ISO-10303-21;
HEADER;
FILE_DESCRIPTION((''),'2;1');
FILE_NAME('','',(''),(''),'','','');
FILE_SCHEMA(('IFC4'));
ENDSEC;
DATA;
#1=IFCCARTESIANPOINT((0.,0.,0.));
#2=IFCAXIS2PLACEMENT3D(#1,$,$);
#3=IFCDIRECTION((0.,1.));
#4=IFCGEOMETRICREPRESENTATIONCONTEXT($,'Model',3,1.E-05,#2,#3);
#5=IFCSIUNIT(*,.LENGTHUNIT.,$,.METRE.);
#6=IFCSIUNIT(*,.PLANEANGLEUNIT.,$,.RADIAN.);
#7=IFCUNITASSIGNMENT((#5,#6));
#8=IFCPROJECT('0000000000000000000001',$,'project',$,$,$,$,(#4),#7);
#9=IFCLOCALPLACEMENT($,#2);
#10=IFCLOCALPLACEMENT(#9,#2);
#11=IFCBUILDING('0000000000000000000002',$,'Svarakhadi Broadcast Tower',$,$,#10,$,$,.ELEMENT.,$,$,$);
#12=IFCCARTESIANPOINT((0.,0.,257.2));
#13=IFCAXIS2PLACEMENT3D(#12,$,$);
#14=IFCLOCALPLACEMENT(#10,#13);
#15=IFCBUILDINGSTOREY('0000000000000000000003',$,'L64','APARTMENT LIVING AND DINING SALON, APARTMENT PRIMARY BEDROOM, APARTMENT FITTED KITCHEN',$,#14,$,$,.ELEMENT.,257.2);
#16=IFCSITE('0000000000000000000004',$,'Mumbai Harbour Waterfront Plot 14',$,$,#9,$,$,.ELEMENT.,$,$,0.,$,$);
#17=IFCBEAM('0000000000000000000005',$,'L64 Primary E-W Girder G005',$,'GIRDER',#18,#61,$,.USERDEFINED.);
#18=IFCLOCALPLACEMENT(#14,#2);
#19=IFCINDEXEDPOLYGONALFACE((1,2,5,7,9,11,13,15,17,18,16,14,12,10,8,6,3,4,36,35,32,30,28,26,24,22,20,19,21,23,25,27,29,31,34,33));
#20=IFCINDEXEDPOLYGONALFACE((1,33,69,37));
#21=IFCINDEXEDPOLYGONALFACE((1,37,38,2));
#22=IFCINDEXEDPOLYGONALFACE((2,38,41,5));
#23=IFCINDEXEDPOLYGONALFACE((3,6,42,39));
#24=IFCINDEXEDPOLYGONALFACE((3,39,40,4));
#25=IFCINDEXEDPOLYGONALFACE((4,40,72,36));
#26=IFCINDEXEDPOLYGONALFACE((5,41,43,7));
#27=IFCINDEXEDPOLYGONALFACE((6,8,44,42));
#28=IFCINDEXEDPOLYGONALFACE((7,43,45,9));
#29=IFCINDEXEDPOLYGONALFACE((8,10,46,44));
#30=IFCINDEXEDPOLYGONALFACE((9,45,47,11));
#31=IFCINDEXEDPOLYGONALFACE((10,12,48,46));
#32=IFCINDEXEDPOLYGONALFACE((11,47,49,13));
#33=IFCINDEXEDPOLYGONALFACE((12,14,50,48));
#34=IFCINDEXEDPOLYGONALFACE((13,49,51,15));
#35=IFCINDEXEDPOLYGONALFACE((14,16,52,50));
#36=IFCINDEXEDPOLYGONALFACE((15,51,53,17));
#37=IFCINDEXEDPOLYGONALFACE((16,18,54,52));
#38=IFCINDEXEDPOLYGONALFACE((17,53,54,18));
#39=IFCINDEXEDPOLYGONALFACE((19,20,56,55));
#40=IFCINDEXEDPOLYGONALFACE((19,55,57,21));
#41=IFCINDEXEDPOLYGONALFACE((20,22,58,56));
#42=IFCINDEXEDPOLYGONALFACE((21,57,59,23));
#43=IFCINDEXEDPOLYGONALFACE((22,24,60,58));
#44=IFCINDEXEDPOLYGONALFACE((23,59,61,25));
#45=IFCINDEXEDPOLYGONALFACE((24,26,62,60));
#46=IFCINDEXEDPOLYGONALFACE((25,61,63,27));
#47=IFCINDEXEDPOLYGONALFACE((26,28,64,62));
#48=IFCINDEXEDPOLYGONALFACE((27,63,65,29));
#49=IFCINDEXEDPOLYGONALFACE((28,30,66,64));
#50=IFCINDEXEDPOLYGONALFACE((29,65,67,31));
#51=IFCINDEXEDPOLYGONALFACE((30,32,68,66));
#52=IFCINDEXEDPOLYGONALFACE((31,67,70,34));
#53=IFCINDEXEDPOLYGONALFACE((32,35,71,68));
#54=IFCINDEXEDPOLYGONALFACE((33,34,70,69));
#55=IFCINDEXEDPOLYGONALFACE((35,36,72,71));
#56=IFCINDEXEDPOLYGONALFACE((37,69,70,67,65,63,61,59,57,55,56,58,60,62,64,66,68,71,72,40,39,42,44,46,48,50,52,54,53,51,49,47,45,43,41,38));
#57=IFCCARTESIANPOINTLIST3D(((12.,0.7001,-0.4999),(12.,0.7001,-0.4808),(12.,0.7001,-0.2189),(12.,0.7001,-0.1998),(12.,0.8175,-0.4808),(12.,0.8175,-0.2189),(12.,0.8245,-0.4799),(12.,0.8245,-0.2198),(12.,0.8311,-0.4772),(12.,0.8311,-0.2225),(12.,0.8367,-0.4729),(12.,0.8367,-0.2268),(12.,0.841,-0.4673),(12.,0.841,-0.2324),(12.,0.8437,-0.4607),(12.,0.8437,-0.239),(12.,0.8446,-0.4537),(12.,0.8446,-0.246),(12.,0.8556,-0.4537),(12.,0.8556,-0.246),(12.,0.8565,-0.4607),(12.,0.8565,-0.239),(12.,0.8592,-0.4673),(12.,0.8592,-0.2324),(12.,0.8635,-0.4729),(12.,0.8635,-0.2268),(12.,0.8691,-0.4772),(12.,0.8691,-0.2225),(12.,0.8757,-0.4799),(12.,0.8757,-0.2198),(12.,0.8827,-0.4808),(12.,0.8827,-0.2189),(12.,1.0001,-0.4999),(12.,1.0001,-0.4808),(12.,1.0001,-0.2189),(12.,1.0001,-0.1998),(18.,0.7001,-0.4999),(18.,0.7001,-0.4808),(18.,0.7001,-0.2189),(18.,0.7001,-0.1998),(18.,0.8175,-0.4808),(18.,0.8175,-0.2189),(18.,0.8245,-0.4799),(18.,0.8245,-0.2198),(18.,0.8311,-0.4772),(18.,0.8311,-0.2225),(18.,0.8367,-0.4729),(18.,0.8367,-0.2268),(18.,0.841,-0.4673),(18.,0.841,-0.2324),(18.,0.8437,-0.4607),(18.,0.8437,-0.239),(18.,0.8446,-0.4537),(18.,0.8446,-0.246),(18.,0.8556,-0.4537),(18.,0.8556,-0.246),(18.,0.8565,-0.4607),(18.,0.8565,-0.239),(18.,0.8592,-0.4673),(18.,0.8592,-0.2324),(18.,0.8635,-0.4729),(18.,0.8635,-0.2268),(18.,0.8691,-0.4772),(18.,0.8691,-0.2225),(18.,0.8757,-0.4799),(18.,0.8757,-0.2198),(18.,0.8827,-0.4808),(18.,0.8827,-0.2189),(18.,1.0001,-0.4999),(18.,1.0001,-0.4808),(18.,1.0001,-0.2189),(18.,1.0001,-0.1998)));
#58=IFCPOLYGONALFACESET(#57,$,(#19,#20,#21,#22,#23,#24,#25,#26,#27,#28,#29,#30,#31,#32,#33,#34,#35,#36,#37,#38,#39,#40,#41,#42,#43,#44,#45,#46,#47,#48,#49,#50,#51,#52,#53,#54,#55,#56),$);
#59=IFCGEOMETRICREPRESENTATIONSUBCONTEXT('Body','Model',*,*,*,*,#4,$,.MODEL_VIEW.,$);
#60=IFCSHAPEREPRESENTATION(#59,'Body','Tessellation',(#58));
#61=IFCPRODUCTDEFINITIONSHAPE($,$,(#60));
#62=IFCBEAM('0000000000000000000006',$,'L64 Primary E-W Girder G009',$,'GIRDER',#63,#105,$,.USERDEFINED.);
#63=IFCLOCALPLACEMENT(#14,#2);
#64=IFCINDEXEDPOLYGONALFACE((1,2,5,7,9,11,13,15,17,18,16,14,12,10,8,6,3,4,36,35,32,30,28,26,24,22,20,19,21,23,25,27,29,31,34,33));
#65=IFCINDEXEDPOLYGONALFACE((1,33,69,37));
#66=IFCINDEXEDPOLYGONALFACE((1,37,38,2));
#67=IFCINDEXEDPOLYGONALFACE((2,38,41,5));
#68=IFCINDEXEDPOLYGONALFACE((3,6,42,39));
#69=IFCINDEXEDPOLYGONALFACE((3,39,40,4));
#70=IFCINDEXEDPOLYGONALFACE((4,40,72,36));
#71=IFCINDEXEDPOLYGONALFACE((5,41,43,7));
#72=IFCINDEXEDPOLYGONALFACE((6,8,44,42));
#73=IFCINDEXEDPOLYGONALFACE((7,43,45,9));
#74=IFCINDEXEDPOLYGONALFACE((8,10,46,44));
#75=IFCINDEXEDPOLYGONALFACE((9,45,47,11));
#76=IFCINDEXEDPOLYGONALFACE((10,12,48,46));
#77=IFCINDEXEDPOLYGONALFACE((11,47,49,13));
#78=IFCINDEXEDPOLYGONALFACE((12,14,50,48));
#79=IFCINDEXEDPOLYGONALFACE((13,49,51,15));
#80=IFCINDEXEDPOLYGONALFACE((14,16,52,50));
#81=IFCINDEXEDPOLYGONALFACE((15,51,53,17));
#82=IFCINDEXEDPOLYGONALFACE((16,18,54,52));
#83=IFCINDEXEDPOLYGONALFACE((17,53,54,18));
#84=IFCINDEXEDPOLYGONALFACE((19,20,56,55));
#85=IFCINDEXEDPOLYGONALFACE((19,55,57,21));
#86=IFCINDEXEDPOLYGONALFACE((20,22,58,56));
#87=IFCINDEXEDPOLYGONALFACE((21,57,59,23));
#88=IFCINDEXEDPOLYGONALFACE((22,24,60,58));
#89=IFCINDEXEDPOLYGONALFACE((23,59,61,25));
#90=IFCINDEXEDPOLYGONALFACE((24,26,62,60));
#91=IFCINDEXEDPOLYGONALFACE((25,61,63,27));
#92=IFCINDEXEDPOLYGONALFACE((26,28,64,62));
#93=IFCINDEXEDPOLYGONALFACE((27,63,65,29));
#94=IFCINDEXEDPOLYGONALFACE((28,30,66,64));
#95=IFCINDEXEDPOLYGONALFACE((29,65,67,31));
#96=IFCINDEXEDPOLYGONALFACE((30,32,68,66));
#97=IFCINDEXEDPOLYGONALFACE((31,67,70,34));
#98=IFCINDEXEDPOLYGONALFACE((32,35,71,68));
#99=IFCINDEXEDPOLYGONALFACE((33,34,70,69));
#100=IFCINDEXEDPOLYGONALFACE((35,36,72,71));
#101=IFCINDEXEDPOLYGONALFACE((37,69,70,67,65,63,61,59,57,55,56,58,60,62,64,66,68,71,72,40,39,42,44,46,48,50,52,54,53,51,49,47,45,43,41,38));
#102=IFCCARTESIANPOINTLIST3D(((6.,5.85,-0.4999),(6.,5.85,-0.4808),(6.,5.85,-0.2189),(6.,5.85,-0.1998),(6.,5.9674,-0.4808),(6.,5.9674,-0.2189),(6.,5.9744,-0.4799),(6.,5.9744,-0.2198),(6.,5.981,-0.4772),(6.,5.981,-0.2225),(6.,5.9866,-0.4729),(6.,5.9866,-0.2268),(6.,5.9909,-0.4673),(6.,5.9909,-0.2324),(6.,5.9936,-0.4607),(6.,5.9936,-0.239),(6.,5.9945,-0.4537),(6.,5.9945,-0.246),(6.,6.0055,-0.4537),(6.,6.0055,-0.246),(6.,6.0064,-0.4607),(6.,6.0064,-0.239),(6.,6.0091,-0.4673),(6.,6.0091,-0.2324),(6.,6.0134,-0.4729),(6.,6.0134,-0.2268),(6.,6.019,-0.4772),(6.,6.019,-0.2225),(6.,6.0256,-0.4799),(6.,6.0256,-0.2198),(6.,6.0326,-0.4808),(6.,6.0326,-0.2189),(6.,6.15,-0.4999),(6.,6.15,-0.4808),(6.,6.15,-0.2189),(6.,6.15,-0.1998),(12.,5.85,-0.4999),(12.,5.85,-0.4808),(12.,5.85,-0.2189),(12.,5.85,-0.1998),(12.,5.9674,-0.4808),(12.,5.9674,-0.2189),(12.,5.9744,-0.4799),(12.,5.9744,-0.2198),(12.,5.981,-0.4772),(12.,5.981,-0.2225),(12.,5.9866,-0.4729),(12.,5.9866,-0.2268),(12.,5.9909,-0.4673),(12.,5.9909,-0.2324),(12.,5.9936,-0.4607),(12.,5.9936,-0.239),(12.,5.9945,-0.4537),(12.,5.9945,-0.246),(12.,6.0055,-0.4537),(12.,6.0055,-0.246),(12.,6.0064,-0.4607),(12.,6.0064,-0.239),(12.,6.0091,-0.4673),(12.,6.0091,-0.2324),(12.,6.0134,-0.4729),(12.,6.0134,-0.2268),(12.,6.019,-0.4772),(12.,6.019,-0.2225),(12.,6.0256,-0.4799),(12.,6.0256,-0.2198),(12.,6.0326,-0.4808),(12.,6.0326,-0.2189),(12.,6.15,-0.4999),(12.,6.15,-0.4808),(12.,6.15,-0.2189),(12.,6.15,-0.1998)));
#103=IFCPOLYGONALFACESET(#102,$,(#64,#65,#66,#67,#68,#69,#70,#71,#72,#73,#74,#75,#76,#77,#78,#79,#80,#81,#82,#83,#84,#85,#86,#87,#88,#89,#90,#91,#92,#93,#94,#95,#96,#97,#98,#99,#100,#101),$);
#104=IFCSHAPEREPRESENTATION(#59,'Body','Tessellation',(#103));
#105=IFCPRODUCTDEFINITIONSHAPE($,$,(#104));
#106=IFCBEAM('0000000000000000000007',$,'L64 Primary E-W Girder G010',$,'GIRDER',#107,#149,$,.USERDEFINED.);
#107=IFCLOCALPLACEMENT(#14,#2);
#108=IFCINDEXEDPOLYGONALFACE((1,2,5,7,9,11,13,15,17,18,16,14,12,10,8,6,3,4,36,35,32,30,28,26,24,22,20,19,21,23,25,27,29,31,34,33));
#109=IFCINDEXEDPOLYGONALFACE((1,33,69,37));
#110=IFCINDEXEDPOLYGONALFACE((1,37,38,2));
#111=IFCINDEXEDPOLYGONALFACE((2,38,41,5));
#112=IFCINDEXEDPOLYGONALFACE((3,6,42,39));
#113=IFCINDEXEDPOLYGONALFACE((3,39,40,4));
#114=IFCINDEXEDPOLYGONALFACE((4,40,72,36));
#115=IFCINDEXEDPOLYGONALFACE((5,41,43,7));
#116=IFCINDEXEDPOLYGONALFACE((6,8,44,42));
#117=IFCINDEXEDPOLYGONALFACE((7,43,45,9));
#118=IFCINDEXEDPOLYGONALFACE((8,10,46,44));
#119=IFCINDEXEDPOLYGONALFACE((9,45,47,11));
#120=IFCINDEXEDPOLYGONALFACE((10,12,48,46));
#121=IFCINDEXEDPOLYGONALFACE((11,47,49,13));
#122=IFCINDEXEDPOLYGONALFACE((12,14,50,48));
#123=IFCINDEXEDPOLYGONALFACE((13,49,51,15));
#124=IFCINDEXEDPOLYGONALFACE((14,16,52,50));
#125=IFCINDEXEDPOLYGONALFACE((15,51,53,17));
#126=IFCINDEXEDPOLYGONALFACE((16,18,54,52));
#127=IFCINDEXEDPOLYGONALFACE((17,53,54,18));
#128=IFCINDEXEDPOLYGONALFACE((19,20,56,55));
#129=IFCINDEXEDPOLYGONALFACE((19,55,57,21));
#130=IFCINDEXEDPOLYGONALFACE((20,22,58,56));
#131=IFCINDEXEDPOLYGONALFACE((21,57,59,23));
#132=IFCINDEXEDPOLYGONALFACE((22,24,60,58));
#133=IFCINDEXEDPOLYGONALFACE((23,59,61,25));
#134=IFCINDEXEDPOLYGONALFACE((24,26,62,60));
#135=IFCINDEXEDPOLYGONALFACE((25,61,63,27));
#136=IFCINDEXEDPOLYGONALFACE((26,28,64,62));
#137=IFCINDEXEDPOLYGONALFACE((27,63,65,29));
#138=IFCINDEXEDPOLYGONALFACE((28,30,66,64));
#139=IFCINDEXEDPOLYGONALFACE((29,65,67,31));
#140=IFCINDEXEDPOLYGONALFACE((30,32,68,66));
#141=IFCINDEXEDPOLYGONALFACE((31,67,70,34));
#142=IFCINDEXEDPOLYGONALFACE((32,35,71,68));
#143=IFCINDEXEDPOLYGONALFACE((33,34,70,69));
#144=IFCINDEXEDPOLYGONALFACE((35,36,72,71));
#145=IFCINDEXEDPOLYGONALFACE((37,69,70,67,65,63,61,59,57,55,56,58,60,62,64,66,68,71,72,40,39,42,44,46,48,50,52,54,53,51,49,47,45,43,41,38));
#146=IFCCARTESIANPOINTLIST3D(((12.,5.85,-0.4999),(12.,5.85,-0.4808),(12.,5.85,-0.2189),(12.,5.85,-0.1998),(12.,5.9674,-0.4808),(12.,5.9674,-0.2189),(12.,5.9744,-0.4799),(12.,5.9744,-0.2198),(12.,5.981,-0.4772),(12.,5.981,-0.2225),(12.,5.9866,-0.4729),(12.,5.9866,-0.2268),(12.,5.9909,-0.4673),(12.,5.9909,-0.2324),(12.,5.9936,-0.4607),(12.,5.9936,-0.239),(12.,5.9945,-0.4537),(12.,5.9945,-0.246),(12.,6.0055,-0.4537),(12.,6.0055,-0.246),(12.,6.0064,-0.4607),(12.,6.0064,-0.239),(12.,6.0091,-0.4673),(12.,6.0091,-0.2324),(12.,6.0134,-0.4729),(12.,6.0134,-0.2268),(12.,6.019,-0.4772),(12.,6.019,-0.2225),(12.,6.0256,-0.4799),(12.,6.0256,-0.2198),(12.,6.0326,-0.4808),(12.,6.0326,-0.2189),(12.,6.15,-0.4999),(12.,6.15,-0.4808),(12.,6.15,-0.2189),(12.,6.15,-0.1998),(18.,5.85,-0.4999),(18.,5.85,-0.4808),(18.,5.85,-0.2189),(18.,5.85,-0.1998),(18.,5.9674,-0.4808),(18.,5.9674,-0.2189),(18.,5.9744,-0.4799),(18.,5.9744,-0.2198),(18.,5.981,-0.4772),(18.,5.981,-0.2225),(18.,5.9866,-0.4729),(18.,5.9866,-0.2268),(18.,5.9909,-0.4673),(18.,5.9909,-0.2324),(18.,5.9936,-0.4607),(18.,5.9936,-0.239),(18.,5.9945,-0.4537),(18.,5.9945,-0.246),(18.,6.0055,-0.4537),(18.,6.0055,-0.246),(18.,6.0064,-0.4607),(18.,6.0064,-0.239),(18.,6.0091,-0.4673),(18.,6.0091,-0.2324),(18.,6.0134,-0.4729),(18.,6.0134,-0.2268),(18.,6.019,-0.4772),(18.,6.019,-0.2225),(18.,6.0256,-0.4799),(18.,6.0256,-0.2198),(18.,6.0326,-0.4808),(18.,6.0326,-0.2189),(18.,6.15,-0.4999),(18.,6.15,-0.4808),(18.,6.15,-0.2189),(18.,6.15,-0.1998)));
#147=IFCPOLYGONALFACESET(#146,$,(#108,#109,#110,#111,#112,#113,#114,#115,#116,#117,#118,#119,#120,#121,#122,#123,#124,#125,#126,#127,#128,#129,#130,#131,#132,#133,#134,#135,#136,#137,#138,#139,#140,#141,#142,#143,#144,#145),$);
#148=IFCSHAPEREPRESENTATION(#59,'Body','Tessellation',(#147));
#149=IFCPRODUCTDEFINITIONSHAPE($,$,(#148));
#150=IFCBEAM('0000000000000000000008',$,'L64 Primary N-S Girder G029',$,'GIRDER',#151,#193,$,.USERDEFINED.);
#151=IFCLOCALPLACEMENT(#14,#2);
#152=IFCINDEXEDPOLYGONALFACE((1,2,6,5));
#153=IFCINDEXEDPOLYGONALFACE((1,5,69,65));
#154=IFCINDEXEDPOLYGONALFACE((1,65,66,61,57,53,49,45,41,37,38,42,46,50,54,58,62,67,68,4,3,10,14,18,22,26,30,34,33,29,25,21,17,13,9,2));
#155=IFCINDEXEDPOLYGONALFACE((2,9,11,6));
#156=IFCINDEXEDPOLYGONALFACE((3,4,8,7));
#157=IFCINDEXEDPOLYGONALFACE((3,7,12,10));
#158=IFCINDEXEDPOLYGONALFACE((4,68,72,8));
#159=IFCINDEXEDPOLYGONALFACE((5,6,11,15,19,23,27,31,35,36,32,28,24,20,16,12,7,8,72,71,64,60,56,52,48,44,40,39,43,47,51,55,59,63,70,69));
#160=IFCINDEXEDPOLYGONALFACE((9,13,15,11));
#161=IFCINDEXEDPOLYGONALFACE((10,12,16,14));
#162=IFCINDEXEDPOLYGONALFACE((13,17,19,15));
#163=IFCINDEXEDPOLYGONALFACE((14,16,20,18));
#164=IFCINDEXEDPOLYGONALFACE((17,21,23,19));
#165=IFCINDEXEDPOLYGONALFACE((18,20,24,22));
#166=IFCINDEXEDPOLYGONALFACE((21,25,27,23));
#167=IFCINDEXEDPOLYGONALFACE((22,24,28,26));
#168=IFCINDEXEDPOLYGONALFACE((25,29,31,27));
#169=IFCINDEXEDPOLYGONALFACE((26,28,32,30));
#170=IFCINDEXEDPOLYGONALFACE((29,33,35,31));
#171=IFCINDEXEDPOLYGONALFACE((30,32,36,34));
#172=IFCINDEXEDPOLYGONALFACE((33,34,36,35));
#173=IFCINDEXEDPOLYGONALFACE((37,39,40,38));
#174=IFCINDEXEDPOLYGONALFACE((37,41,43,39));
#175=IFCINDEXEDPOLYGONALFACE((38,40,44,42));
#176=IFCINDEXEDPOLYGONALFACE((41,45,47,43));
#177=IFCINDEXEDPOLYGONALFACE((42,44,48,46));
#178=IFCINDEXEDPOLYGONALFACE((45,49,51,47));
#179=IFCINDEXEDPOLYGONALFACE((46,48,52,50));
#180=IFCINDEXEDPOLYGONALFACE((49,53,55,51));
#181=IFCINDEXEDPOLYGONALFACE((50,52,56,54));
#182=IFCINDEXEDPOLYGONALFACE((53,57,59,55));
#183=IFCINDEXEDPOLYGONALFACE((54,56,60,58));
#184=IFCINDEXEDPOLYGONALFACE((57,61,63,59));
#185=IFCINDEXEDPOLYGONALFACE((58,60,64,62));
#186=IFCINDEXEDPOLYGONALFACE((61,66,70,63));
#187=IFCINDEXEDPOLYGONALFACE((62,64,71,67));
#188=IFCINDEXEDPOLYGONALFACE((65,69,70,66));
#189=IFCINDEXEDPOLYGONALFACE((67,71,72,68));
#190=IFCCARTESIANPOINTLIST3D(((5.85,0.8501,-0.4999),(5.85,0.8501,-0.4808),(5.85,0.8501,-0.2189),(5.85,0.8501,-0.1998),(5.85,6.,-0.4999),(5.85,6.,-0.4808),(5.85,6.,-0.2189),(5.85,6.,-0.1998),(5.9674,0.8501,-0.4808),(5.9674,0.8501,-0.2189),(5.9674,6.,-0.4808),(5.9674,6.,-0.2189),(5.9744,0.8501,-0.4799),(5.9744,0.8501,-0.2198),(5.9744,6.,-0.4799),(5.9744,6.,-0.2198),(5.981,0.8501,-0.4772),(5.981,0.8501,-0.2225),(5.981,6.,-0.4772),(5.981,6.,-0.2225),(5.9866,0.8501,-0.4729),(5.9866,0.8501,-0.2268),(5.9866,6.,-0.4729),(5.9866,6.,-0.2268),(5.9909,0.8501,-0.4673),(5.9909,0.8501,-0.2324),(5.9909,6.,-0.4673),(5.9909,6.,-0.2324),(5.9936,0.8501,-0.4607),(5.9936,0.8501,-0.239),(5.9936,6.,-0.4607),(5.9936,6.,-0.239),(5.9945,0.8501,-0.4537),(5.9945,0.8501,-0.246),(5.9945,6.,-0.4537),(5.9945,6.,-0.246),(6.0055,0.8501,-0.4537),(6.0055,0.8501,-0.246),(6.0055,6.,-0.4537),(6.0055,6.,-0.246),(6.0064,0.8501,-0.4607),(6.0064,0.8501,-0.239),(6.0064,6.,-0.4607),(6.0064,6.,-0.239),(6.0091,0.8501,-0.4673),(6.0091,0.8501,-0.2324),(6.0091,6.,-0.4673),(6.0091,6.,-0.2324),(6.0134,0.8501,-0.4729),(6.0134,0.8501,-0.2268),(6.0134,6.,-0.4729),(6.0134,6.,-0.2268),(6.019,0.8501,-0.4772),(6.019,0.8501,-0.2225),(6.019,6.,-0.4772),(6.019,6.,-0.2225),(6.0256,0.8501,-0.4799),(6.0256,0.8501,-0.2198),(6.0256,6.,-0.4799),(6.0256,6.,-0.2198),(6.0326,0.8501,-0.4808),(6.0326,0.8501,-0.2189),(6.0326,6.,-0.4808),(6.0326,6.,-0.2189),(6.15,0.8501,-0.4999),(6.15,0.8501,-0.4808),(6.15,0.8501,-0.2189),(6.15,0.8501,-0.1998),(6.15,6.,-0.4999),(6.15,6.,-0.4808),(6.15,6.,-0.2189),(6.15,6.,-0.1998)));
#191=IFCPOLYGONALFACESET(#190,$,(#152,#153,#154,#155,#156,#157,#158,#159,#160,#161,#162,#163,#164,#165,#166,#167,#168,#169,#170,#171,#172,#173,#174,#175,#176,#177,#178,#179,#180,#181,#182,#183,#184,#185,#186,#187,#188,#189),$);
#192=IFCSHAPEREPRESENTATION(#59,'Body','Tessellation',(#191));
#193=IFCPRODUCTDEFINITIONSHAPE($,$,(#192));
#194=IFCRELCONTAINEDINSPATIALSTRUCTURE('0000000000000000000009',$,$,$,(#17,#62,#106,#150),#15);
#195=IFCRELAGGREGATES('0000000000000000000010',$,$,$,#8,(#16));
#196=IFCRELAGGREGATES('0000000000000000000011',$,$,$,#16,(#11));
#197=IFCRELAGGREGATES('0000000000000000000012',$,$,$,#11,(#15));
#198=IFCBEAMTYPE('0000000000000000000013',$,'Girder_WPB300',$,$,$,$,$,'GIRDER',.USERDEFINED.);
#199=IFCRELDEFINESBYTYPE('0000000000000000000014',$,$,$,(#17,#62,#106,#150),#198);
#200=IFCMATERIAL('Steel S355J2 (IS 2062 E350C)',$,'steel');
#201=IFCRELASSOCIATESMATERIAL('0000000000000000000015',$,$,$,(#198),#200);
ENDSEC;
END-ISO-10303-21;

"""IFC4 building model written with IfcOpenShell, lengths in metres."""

from ifc_helpers import new_model, si_unit, direction, frame, origin, origin_2d, place, context, subcontext, project, spatial, i_section, extrude, material, material_profile, profile_set, type_object, element, save


model = new_model("IFC4")

# Units and contexts
model_context = context("Model", 3, precision=1e-05, world=origin(), true_north=direction((0.0, 1.0)))
body_context = subcontext(model_context, "Body", "Model", "MODEL_VIEW")
ifc_project = project(units=[si_unit("LENGTHUNIT", "METRE"), si_unit("PLANEANGLEUNIT", "RADIAN")], contexts=[model_context])

# Site, building, storey
site_placement = place(None, origin())
site = spatial("IfcSite", under=ifc_project, at=site_placement, Name="Mumbai Harbour Waterfront Plot 14", CompositionType="ELEMENT", RefElevation=0.0)
building_placement = place(site_placement, origin())
building = spatial("IfcBuilding", under=site, at=building_placement, Name="Svarakhadi Broadcast Tower", CompositionType="ELEMENT")
storey_placement = place(building_placement, frame((0.0, 0.0, 257.2)))
storey = spatial("IfcBuildingStorey", under=building, at=storey_placement, Name="L64", Description="APARTMENT LIVING AND DINING SALON, APARTMENT PRIMARY BEDROOM, APARTMENT FITTED KITCHEN", CompositionType="ELEMENT", Elevation=257.2)

# Beams
ifc_material_1 = material(Name="Steel S355J2 (IS 2062 E350C)", Category="steel")
ifc_material_profile_1 = material_profile(ifc_material_1, i_section(OverallWidth=0.3, OverallDepth=0.3, WebThickness=0.011, FlangeThickness=0.019, FilletRadius=0.0271, at=origin_2d()), Name="WPB 300x300x117")
ifc_profile_set_1 = profile_set([ifc_material_profile_1], Name="Steel S355J2 (IS 2062 E350C)")
beam_type_1 = type_object("IfcBeamType", Name="Girder_WPB300", ElementType="GIRDER", PredefinedType="USERDEFINED", material=ifc_profile_set_1)
for number, where, z_axis, x_axis, name in (
    (1, (12.0, 0.8501, -0.3499), (1.0, 0.0, 0.0), (0.0, 1.0, 0.0), "L64 Primary E-W Girder G005"),
    (2, (6.0, 6.0, -0.3499), (1.0, 0.0, 0.0), (0.0, 1.0, 0.0), "L64 Primary E-W Girder G009"),
    (3, (12.0, 6.0, -0.3499), (1.0, 0.0, 0.0), (0.0, 1.0, 0.0), "L64 Primary E-W Girder G010"),
):
    element("IfcBeam", number, at=place(storey_placement, frame(where, z_axis=z_axis, x_axis=x_axis)), inside=storey, type_object=beam_type_1, Name=name, ObjectType="GIRDER", PredefinedType="USERDEFINED", context=body_context, shape_type="SweptSolid", body=[
        extrude(i_section(OverallWidth=0.3, OverallDepth=0.3, WebThickness=0.011, FlangeThickness=0.019, FilletRadius=0.0271, at=origin_2d()), origin(), (0.0, 0.0, 1.0), 6.0),
    ])
beam_1_placement = place(storey_placement, frame((6.0, 0.8501, -0.3499), z_axis=(0.0, 1.0, 0.0), x_axis=(-1.0, 0.0, 0.0)))
element("IfcBeam", 4, at=beam_1_placement, inside=storey, type_object=beam_type_1, Name="L64 Primary N-S Girder G029", ObjectType="GIRDER", PredefinedType="USERDEFINED", context=body_context, shape_type="SweptSolid", body=[
    extrude(i_section(OverallWidth=0.3, OverallDepth=0.3, WebThickness=0.011, FlangeThickness=0.019, FilletRadius=0.0271, at=origin_2d()), origin(), (0.0, 0.0, 1.0), 5.1499),
])

save(model, "model.ifc")
